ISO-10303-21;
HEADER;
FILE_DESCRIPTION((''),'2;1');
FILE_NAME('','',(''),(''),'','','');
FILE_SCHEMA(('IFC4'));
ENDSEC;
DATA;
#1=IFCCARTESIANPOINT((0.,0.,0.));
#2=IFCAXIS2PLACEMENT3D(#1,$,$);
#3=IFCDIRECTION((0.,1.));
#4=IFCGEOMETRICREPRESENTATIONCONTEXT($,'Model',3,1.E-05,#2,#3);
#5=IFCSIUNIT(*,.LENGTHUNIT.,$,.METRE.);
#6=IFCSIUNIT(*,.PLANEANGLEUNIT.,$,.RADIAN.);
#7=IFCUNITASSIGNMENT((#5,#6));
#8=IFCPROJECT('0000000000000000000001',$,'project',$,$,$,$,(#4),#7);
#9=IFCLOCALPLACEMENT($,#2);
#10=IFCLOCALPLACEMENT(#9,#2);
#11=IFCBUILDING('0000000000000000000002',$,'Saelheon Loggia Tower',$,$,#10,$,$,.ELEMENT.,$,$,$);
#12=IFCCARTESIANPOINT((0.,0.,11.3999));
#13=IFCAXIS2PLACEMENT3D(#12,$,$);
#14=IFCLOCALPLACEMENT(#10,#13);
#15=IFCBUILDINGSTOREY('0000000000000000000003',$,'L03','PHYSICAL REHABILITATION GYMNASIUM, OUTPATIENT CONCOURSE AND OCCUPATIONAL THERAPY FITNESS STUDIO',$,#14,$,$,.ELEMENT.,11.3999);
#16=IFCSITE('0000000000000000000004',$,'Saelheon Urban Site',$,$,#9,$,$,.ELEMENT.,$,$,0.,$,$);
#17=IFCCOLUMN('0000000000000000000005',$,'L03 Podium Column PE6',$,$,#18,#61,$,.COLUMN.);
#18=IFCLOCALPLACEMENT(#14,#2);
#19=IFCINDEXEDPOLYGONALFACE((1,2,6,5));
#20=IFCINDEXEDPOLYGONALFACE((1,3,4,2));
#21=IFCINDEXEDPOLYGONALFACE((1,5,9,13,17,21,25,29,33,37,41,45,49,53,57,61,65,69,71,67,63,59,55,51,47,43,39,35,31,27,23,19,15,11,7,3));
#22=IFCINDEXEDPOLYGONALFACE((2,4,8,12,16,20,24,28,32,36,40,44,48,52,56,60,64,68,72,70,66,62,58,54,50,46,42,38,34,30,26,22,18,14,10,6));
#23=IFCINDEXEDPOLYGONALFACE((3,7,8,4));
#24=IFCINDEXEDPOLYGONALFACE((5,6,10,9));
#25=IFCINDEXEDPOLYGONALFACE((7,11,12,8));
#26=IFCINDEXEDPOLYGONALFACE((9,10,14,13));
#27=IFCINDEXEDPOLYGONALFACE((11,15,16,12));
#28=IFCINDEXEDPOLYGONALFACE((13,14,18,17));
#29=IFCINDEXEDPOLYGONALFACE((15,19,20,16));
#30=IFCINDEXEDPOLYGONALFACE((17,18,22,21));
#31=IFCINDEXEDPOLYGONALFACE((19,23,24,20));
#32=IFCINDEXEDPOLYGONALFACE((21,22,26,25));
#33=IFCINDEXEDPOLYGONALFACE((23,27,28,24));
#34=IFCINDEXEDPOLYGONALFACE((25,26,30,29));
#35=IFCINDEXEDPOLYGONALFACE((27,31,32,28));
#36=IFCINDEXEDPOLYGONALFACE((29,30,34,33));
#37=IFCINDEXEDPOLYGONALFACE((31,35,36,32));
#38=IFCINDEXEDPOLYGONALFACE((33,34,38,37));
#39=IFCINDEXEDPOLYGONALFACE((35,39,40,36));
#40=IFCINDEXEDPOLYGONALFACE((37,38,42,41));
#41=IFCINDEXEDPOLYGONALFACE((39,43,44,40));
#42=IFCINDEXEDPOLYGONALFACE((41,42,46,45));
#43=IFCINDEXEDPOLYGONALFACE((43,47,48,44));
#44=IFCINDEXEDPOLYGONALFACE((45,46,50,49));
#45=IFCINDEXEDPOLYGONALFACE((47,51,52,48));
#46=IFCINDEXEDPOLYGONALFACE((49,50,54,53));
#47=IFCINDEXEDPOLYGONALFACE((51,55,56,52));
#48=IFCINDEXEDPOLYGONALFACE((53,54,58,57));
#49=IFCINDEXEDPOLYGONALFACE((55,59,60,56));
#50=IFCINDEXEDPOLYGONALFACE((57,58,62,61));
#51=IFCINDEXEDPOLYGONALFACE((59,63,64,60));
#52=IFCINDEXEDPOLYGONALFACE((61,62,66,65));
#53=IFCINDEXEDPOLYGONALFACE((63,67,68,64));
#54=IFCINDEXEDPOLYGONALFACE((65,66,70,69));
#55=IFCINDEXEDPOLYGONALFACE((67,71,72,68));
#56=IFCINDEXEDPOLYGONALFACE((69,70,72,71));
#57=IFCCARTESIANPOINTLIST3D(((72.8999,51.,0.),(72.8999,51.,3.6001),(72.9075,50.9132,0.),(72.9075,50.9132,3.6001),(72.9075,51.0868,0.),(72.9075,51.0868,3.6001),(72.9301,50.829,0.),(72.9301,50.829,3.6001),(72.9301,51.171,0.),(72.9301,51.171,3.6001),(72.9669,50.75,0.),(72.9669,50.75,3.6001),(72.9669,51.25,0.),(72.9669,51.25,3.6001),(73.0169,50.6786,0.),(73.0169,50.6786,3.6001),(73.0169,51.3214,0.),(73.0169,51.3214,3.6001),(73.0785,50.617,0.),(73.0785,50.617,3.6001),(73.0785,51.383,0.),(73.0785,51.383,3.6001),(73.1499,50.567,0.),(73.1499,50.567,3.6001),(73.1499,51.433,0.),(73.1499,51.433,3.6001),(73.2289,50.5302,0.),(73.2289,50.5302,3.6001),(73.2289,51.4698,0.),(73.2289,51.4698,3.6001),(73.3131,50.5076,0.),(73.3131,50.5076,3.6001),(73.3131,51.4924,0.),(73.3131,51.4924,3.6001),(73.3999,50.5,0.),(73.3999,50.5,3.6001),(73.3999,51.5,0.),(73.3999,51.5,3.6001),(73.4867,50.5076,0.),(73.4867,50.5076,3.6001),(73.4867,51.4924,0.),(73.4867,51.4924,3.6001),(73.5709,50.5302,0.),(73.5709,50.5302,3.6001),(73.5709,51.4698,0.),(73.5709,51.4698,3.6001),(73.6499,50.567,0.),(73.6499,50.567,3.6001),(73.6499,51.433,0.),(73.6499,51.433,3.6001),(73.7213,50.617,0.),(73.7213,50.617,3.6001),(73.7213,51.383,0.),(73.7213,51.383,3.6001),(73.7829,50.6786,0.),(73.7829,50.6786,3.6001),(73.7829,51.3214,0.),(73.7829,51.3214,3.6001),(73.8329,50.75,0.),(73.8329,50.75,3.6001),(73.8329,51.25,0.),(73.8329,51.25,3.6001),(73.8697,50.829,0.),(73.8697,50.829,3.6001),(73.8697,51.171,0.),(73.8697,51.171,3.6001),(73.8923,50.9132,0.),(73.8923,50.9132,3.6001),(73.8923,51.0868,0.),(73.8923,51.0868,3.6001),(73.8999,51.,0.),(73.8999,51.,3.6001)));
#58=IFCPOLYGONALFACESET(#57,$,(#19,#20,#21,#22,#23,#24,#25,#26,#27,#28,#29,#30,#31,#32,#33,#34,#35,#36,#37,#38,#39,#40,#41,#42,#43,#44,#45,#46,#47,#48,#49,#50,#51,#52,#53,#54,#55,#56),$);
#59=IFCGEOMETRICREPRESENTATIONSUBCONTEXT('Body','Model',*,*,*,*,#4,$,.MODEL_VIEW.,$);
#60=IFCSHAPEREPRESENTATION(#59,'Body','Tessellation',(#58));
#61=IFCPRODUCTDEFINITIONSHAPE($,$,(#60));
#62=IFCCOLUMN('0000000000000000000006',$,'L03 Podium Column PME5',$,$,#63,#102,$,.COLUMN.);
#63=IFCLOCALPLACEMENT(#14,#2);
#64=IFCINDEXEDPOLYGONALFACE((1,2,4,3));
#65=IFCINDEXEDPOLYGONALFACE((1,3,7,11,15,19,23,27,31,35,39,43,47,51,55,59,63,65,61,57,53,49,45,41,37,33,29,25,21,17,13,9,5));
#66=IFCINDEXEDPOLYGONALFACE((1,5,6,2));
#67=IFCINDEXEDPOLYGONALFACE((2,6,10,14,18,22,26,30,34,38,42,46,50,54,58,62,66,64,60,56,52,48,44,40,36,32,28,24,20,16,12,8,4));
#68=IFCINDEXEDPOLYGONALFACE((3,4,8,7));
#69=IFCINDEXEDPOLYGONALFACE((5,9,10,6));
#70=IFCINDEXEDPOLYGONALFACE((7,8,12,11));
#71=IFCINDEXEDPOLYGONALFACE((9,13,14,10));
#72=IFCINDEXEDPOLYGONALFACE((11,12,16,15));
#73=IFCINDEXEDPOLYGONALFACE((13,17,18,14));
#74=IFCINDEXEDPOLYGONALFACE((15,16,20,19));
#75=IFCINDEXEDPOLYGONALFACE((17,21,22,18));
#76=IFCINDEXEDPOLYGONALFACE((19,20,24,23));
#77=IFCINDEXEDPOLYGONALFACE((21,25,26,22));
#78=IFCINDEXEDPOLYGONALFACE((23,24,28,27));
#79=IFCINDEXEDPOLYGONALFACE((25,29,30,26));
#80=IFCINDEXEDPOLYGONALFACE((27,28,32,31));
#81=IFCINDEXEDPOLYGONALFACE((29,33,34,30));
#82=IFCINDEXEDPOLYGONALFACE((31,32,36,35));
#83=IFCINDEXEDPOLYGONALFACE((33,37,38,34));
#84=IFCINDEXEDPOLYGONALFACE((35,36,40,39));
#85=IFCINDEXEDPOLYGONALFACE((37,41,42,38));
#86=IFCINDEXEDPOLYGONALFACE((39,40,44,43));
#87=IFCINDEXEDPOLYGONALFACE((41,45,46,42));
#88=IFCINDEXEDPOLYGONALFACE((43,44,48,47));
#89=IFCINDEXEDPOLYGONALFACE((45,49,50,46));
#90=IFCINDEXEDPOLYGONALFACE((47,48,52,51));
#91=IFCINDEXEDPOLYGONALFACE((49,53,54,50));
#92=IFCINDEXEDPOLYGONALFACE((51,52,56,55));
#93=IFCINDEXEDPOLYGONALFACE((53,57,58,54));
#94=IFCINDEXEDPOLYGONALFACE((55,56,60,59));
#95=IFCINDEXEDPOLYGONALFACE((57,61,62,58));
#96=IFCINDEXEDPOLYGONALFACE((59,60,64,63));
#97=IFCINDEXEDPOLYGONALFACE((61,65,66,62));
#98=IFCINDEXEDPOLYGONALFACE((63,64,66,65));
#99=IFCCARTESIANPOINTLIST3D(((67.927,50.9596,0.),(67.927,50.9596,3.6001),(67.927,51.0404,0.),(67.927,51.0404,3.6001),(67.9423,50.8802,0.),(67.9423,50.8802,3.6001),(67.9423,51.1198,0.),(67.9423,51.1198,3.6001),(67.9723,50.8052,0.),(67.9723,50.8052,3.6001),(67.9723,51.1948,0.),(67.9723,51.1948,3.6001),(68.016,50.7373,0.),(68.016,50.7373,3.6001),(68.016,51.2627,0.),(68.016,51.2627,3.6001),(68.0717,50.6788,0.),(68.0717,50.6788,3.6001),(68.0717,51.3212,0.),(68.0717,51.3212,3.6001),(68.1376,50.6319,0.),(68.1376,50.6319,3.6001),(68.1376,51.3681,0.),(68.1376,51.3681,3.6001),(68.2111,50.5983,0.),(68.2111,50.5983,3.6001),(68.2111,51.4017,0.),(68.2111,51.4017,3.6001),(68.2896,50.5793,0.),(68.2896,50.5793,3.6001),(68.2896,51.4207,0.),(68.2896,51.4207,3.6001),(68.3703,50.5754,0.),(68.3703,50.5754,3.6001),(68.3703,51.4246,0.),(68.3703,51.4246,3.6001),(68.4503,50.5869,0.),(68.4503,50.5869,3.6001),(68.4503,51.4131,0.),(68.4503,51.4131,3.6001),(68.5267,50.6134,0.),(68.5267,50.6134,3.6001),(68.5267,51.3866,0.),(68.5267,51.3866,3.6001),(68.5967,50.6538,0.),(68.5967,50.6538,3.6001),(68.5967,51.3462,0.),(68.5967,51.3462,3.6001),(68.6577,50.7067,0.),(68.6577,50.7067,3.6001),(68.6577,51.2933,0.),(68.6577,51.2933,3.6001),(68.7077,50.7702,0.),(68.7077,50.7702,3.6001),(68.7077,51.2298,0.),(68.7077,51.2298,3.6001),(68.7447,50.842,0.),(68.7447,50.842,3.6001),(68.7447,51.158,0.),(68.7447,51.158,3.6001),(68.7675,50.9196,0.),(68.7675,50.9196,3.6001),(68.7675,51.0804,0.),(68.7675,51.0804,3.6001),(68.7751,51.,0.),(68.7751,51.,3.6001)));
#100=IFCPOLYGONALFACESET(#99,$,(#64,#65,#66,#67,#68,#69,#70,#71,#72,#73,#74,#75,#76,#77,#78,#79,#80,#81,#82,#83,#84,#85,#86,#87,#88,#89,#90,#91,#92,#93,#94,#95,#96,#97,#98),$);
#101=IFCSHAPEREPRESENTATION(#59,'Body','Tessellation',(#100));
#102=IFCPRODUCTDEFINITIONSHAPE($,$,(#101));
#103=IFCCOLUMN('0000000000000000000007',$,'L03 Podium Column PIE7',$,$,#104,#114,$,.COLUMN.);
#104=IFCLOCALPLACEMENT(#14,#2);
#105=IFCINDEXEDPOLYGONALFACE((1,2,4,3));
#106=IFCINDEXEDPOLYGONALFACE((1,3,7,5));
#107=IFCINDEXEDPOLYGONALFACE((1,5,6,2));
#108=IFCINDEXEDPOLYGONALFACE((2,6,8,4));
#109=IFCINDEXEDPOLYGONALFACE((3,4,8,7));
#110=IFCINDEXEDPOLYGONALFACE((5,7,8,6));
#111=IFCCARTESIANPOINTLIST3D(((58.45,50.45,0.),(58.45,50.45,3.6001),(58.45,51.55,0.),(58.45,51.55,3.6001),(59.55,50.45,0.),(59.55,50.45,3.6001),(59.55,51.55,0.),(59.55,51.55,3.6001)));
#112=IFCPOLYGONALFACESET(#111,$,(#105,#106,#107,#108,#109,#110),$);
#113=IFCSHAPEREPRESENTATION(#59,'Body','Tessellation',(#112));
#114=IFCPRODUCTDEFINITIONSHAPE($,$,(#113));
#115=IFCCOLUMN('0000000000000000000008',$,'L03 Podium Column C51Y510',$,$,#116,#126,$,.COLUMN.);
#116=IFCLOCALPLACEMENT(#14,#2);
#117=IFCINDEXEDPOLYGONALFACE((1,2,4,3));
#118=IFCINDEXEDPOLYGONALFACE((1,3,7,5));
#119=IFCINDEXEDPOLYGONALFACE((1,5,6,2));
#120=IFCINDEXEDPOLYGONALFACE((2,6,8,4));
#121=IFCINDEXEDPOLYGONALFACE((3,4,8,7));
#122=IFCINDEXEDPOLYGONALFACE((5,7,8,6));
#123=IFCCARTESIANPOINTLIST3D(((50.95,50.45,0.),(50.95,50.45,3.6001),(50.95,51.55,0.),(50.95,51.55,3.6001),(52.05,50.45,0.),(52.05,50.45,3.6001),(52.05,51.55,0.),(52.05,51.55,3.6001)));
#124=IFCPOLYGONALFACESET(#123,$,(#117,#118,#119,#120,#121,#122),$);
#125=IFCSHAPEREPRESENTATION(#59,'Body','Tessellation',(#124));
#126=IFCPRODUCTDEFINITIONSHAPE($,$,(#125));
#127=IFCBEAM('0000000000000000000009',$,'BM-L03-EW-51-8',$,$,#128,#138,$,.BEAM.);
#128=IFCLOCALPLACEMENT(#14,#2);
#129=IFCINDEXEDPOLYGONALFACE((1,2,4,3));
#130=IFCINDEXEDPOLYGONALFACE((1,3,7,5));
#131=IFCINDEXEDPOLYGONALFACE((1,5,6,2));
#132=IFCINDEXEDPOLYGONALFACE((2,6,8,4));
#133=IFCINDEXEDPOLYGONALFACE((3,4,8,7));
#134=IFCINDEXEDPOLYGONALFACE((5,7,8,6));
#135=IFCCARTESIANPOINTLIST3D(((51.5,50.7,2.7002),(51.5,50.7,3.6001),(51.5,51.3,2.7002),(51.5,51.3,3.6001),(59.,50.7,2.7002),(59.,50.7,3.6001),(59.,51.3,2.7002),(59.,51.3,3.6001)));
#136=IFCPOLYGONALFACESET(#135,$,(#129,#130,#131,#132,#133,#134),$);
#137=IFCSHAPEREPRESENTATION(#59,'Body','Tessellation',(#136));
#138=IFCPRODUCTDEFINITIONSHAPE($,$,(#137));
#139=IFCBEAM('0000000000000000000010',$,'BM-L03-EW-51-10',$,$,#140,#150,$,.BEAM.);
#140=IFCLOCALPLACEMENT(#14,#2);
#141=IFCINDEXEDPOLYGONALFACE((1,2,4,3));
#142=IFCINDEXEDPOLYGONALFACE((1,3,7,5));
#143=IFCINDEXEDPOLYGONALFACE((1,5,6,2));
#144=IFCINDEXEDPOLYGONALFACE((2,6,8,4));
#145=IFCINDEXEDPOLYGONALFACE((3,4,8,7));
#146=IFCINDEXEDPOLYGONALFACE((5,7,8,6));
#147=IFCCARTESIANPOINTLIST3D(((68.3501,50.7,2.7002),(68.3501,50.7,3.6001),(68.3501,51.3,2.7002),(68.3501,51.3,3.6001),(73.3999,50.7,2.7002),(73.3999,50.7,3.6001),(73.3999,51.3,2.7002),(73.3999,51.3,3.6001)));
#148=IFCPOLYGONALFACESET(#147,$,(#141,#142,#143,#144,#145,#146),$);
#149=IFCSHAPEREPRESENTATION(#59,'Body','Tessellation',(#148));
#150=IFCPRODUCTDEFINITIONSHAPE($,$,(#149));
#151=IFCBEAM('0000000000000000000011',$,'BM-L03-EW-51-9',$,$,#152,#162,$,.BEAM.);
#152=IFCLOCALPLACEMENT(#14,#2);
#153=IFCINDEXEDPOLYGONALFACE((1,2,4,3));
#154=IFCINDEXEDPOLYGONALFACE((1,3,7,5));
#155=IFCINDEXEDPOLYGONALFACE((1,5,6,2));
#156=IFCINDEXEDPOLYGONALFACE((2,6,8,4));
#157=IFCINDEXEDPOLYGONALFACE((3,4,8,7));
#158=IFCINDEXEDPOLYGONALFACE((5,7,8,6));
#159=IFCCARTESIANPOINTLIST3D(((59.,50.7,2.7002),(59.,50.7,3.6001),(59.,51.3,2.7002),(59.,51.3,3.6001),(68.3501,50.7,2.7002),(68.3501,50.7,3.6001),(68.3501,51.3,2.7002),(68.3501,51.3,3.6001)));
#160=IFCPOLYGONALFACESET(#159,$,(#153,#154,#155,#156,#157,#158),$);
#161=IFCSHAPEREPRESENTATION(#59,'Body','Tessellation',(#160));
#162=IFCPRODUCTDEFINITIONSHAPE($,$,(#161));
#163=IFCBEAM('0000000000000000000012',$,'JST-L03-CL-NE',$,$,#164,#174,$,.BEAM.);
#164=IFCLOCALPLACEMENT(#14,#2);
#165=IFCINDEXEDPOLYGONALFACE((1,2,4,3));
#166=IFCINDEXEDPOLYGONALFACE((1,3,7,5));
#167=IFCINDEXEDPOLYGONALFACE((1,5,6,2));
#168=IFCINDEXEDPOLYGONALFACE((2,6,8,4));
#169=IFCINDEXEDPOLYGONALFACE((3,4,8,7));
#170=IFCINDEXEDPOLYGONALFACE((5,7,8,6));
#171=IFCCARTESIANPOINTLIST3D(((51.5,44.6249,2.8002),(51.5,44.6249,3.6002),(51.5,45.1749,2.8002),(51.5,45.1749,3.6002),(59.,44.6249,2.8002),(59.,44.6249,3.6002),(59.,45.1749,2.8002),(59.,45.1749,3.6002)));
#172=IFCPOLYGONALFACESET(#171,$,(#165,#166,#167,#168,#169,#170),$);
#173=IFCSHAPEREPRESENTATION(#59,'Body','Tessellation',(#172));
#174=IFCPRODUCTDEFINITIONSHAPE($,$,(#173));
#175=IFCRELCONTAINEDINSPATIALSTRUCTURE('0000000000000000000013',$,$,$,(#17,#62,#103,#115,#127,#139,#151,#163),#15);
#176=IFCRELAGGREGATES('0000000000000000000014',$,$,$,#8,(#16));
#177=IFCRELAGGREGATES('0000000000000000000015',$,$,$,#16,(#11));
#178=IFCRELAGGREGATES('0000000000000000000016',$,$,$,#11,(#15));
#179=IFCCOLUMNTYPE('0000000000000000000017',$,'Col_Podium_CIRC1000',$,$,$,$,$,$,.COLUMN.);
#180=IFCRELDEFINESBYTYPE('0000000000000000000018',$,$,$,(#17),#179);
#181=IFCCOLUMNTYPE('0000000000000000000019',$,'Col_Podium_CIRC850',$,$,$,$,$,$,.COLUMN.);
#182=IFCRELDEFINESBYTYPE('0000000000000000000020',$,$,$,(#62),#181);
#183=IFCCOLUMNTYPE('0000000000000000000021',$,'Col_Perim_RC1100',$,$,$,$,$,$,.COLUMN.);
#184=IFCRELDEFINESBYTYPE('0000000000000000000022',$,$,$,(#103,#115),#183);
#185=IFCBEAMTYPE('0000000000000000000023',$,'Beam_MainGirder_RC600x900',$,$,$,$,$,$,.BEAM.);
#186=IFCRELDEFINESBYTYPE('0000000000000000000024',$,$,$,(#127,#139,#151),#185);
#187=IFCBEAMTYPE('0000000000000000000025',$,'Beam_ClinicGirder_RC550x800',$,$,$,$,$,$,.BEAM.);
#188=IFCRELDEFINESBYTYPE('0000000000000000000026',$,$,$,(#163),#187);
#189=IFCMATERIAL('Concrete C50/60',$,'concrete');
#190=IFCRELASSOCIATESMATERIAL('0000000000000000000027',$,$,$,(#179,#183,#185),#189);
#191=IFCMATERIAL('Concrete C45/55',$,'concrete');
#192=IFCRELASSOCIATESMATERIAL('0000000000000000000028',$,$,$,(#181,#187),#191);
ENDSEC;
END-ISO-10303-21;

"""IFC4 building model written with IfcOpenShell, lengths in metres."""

from ifc_helpers import new_model, si_unit, direction, frame, origin, origin_2d, place, context, subcontext, project, spatial, rectangle, circle, extrude, source, transform, mapped, material, material_profile, profile_set, type_object, element, save


model = new_model("IFC4")

# Units and contexts
model_context = context("Model", 3, precision=1e-05, world=origin(), true_north=direction((0.0, 1.0)))
body_context = subcontext(model_context, "Body", "Model", "MODEL_VIEW")
ifc_project = project(units=[si_unit("LENGTHUNIT", "METRE"), si_unit("PLANEANGLEUNIT", "RADIAN")], contexts=[model_context])

# Site, building, storey
site_placement = place(None, origin())
site = spatial("IfcSite", under=ifc_project, at=site_placement, Name="Saelheon Urban Site", CompositionType="ELEMENT", RefElevation=0.0)
building_placement = place(site_placement, origin())
building = spatial("IfcBuilding", under=site, at=building_placement, Name="Saelheon Loggia Tower", CompositionType="ELEMENT")
storey_placement = place(building_placement, frame((0.0, 0.0, 11.3999)))
storey = spatial("IfcBuildingStorey", under=building, at=storey_placement, Name="L03", Description="PHYSICAL REHABILITATION GYMNASIUM, OUTPATIENT CONCOURSE AND OCCUPATIONAL THERAPY FITNESS STUDIO", CompositionType="ELEMENT", Elevation=11.3999)

# Columns
ifc_material_1 = material(Name="Concrete C50/60", Category="concrete")
ifc_material_profile_1 = material_profile(ifc_material_1, circle(Radius=0.5, at=origin_2d()), Name="CIRC-1000")
ifc_profile_set_1 = profile_set([ifc_material_profile_1], Name="Concrete C50/60")
column_type_1 = type_object("IfcColumnType", Name="Col_Podium_CIRC1000", PredefinedType="COLUMN", material=ifc_profile_set_1)
shared_shape_1 = source(origin(), body_context, "Body", "SweptSolid", [
    extrude(circle(Radius=0.5, at=origin_2d()), origin(), (0.0, 0.0, 1.0), 3.6001),
])
column_1_placement = place(storey_placement, frame((73.3999, 51.0, 0.0), z_axis=(0.0, 0.0, 1.0), x_axis=(1.0, 0.0, 0.0)))
element("IfcColumn", 1, at=column_1_placement, inside=storey, type_object=column_type_1, Name="L03 Podium Column PE6", PredefinedType="COLUMN", context=body_context, shape_type="MappedRepresentation", body=[
    mapped(shared_shape_1, transform((0.0, 0.0, 0.0), scale=1.0)),
])
ifc_material_2 = material(Name="Concrete C45/55", Category="concrete")
ifc_material_profile_2 = material_profile(ifc_material_2, circle(Radius=0.425, at=origin_2d()), Name="CIRC-850")
ifc_profile_set_2 = profile_set([ifc_material_profile_2], Name="Concrete C45/55")
column_type_2 = type_object("IfcColumnType", Name="Col_Podium_CIRC850", PredefinedType="COLUMN", material=ifc_profile_set_2)
shared_shape_2 = source(origin(), body_context, "Body", "SweptSolid", [
    extrude(circle(Radius=0.425, at=origin_2d()), origin(), (0.0, 0.0, 1.0), 3.6001),
])
column_2_placement = place(storey_placement, frame((68.3501, 51.0, 0.0), z_axis=(0.0, 0.0, 1.0), x_axis=(1.0, 0.0, 0.0)))
element("IfcColumn", 2, at=column_2_placement, inside=storey, type_object=column_type_2, Name="L03 Podium Column PME5", PredefinedType="COLUMN", context=body_context, shape_type="MappedRepresentation", body=[
    mapped(shared_shape_2, transform((0.0, 0.0, 0.0), scale=1.0)),
])
ifc_material_profile_3 = material_profile(ifc_material_1, rectangle(XDim=1.1001, YDim=1.1001, at=origin_2d()), Name="RC-1100x1100")
ifc_profile_set_3 = profile_set([ifc_material_profile_3], Name="Concrete C50/60")
column_type_3 = type_object("IfcColumnType", Name="Col_Perim_RC1100", PredefinedType="COLUMN", material=ifc_profile_set_3)
shared_shape_3 = source(origin(), body_context, "Body", "SweptSolid", [
    extrude(rectangle(XDim=1.1001, YDim=1.1001, at=origin_2d()), origin(), (0.0, 0.0, 1.0), 3.6001),
])
for number, where, z_axis, x_axis, name in (
    (3, (59.0, 51.0, 0.0), (0.0, 0.0, 1.0), (1.0, 0.0, 0.0), "L03 Podium Column PIE7"),
    (4, (51.5, 51.0, 0.0), (0.0, 0.0, 1.0), (1.0, 0.0, 0.0), "L03 Podium Column C51Y510"),
):
    element("IfcColumn", number, at=place(storey_placement, frame(where, z_axis=z_axis, x_axis=x_axis)), inside=storey, type_object=column_type_3, Name=name, PredefinedType="COLUMN", context=body_context, shape_type="MappedRepresentation", body=[
        mapped(shared_shape_3, transform((0.0, 0.0, 0.0), scale=1.0)),
    ])

# Beams
ifc_material_profile_4 = material_profile(ifc_material_1, rectangle(XDim=0.6001, YDim=0.8999, at=origin_2d()), Name="RC-600x900")
ifc_profile_set_4 = profile_set([ifc_material_profile_4], Name="Concrete C50/60")
beam_type_1 = type_object("IfcBeamType", Name="Beam_MainGirder_RC600x900", PredefinedType="BEAM", material=ifc_profile_set_4)
shared_shape_4 = source(origin(), body_context, "Body", "SweptSolid", [
    extrude(rectangle(XDim=0.6001, YDim=0.8999, at=origin_2d()), origin(), (0.0, 0.0, 1.0), 7.5),
])
beam_1_placement = place(storey_placement, frame((51.5, 51.0, 3.1501), z_axis=(1.0, 0.0, 0.0), x_axis=(0.0, 1.0, 0.0)))
element("IfcBeam", 5, at=beam_1_placement, inside=storey, type_object=beam_type_1, Name="BM-L03-EW-51-8", PredefinedType="BEAM", context=body_context, shape_type="MappedRepresentation", body=[
    mapped(shared_shape_4, transform((0.0, 0.0, 0.0), scale=1.0)),
])
shared_shape_5 = source(origin(), body_context, "Body", "SweptSolid", [
    extrude(rectangle(XDim=0.6001, YDim=0.8999, at=origin_2d()), origin(), (0.0, 0.0, 1.0), 5.0498),
])
beam_2_placement = place(storey_placement, frame((68.3501, 51.0, 3.1501), z_axis=(1.0, 0.0, 0.0), x_axis=(0.0, 1.0, 0.0)))
element("IfcBeam", 6, at=beam_2_placement, inside=storey, type_object=beam_type_1, Name="BM-L03-EW-51-10", PredefinedType="BEAM", context=body_context, shape_type="MappedRepresentation", body=[
    mapped(shared_shape_5, transform((0.0, 0.0, 0.0), scale=1.0)),
])
shared_shape_6 = source(origin(), body_context, "Body", "SweptSolid", [
    extrude(rectangle(XDim=0.6001, YDim=0.8999, at=origin_2d()), origin(), (0.0, 0.0, 1.0), 9.3501),
])
beam_3_placement = place(storey_placement, frame((59.0, 51.0, 3.1501), z_axis=(1.0, 0.0, 0.0), x_axis=(0.0, 1.0, 0.0)))
element("IfcBeam", 7, at=beam_3_placement, inside=storey, type_object=beam_type_1, Name="BM-L03-EW-51-9", PredefinedType="BEAM", context=body_context, shape_type="MappedRepresentation", body=[
    mapped(shared_shape_6, transform((0.0, 0.0, 0.0), scale=1.0)),
])
ifc_material_profile_5 = material_profile(ifc_material_2, rectangle(XDim=0.55, YDim=0.8, at=origin_2d()), Name="RC-550x800")
ifc_profile_set_5 = profile_set([ifc_material_profile_5], Name="Concrete C45/55")
beam_type_2 = type_object("IfcBeamType", Name="Beam_ClinicGirder_RC550x800", PredefinedType="BEAM", material=ifc_profile_set_5)
shared_shape_7 = source(origin(), body_context, "Body", "SweptSolid", [
    extrude(rectangle(XDim=0.55, YDim=0.8, at=origin_2d()), origin(), (0.0, 0.0, 1.0), 7.5),
])
beam_4_placement = place(storey_placement, frame((51.5, 44.8999, 3.2002), z_axis=(1.0, 0.0, 0.0), x_axis=(0.0, 1.0, 0.0)))
element("IfcBeam", 8, at=beam_4_placement, inside=storey, type_object=beam_type_2, Name="JST-L03-CL-NE", PredefinedType="BEAM", context=body_context, shape_type="MappedRepresentation", body=[
    mapped(shared_shape_7, transform((0.0, 0.0, 0.0), scale=1.0)),
])

save(model, "model.ifc")
